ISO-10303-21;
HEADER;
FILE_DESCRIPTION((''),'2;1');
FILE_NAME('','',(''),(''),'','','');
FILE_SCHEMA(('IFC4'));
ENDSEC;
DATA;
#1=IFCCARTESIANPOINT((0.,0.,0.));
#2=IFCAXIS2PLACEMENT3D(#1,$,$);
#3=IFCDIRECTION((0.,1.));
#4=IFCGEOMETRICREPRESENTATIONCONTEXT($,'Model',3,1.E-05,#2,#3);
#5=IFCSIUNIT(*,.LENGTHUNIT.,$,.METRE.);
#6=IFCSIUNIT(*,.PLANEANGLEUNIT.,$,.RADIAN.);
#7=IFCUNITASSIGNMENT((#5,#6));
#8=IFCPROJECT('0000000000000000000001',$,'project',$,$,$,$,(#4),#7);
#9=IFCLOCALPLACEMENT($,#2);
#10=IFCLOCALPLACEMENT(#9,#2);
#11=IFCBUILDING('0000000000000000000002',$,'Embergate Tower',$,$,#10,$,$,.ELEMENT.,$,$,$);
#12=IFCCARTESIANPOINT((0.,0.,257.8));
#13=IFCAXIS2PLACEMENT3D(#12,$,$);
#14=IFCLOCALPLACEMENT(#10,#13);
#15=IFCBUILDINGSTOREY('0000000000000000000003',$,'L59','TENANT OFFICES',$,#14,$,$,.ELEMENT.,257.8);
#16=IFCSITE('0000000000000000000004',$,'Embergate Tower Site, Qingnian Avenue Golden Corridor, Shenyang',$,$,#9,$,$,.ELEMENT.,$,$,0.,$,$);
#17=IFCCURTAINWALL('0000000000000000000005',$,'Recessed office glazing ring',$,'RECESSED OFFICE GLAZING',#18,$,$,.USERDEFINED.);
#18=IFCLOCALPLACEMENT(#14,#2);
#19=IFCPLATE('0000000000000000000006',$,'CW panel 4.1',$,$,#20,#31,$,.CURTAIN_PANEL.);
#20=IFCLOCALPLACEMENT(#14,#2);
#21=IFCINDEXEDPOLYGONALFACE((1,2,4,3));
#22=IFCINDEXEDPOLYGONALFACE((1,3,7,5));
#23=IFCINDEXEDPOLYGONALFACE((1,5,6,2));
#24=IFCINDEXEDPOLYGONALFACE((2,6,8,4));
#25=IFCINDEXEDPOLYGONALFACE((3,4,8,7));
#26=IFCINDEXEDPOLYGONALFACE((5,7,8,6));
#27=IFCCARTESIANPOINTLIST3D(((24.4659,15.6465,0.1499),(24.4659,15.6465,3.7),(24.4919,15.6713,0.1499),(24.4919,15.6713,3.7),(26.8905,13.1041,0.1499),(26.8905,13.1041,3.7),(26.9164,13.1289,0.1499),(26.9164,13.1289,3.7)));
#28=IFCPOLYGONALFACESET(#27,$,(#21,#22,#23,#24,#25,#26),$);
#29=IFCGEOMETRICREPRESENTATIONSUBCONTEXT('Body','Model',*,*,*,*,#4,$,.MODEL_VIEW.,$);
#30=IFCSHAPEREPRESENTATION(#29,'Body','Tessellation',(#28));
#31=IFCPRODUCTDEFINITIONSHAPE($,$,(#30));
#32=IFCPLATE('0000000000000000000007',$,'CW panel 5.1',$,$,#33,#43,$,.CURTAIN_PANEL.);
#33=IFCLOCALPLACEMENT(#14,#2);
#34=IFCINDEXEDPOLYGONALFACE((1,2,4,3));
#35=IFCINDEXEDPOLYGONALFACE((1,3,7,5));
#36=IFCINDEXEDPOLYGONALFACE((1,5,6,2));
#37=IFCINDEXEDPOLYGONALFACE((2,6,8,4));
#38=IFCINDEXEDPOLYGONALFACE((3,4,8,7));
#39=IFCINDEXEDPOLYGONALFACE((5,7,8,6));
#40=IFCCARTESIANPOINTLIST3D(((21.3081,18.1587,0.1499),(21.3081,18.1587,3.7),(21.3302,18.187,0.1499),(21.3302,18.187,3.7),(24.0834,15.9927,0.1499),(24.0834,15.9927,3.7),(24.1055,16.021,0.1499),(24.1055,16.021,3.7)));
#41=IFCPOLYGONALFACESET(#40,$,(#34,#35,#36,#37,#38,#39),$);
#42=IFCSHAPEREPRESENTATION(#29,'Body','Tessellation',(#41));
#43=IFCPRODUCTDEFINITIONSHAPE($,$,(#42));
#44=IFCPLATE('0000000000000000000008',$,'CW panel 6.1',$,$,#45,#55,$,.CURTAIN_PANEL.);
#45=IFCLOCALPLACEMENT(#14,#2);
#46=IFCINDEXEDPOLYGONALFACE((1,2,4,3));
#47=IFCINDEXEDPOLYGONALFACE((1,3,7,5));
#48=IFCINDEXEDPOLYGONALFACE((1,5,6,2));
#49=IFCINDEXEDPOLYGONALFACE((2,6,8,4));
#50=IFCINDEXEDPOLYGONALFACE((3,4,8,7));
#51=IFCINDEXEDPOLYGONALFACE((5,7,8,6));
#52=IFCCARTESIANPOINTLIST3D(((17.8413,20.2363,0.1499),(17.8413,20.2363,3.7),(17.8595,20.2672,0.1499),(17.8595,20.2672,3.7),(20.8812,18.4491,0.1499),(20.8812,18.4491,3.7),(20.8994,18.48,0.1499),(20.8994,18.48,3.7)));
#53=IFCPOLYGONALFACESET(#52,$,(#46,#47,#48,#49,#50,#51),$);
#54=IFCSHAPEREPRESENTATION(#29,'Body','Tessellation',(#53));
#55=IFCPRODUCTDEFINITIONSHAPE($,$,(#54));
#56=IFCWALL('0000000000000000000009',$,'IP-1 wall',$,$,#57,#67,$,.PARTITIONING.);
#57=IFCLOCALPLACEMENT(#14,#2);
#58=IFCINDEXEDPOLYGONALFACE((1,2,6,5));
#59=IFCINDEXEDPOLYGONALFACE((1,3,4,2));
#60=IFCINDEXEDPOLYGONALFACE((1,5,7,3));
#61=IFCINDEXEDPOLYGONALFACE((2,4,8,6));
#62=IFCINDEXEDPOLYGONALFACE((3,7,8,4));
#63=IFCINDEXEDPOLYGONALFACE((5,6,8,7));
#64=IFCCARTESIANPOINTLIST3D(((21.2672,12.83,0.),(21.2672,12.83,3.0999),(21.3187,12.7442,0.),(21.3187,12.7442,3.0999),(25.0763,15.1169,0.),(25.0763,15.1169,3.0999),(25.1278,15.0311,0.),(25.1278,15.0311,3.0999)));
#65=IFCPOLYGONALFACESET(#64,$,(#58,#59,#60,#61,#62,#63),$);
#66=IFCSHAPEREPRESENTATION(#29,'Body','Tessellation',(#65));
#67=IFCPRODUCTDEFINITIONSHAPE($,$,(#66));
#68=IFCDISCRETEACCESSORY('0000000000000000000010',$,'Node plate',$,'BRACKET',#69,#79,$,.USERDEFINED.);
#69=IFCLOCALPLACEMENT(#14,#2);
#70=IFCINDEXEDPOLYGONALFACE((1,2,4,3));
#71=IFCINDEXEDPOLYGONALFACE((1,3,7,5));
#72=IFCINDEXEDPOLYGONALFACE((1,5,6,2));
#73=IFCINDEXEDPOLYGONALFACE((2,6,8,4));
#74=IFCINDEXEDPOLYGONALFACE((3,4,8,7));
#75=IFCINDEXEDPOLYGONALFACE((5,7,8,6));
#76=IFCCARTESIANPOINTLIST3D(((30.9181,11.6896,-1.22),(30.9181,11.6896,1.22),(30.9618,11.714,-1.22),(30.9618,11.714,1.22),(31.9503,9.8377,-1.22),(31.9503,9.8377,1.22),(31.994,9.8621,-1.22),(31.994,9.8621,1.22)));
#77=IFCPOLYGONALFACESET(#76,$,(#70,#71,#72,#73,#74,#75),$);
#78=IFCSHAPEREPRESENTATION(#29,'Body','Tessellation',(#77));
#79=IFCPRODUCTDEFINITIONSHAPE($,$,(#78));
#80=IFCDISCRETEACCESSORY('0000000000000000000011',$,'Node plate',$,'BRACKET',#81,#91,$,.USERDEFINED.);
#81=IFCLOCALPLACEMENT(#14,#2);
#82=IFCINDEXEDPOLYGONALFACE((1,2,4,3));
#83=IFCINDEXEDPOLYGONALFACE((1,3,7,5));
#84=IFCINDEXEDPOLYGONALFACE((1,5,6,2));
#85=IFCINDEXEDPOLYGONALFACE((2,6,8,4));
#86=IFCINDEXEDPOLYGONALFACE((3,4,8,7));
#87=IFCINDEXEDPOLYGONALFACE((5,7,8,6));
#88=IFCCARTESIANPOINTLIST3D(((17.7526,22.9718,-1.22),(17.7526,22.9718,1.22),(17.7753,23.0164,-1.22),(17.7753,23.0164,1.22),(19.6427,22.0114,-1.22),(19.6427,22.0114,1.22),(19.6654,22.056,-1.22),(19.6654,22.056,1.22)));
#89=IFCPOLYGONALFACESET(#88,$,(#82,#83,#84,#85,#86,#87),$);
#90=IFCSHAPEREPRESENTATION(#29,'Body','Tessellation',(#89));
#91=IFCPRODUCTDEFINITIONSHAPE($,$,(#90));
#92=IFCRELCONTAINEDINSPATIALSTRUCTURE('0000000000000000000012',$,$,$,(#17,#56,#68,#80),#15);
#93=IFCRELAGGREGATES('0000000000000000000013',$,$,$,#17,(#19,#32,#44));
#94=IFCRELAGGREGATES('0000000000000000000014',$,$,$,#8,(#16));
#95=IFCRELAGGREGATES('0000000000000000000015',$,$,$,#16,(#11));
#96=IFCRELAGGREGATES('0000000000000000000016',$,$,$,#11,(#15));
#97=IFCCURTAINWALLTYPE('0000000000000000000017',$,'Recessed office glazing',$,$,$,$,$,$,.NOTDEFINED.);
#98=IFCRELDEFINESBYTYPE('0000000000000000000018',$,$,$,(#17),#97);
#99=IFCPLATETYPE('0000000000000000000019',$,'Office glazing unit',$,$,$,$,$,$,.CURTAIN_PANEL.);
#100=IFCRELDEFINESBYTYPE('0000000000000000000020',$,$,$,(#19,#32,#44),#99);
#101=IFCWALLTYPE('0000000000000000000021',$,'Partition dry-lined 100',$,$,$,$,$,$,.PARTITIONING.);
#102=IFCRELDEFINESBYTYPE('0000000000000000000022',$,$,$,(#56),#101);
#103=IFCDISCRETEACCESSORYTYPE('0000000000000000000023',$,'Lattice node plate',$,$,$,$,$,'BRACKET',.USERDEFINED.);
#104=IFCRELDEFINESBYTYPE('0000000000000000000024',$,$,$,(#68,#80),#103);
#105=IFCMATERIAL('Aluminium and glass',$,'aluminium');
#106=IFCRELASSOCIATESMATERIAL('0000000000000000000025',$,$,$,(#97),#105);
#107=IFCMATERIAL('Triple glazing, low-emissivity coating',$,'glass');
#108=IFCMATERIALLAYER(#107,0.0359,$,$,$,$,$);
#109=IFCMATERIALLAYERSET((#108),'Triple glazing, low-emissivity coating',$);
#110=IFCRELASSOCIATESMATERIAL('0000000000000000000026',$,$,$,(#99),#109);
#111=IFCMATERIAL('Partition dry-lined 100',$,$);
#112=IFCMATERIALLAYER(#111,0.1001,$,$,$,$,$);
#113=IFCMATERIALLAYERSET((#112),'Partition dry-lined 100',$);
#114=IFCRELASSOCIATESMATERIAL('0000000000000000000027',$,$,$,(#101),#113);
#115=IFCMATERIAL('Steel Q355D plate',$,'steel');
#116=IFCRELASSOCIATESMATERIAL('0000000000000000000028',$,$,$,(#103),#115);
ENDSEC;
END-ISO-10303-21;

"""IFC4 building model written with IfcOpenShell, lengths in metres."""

from ifc_helpers import new_model, si_unit, direction, frame, frame_2d, origin, origin_2d, place, context, subcontext, project, spatial, rectangle, extrude, source, transform, mapped, material, layer, layer_set, type_object, element, aggregate, save


model = new_model("IFC4")

# Units and contexts
model_context = context("Model", 3, precision=1e-05, world=origin(), true_north=direction((0.0, 1.0)))
body_context = subcontext(model_context, "Body", "Model", "MODEL_VIEW")
ifc_project = project(units=[si_unit("LENGTHUNIT", "METRE"), si_unit("PLANEANGLEUNIT", "RADIAN")], contexts=[model_context])

# Site, building, storey
site_placement = place(None, origin())
site = spatial("IfcSite", under=ifc_project, at=site_placement, Name="Embergate Tower Site, Qingnian Avenue Golden Corridor, Shenyang", CompositionType="ELEMENT", RefElevation=0.0)
building_placement = place(site_placement, origin())
building = spatial("IfcBuilding", under=site, at=building_placement, Name="Embergate Tower", CompositionType="ELEMENT")
storey_placement = place(building_placement, frame((0.0, 0.0, 257.8)))
storey = spatial("IfcBuildingStorey", under=building, at=storey_placement, Name="L59", Description="TENANT OFFICES", CompositionType="ELEMENT", Elevation=257.8)

# Curtain wall, plates
ifc_material_1 = material(Name="Aluminium and glass", Category="aluminium")
curtain_wall_type = type_object("IfcCurtainWallType", Name="Recessed office glazing", PredefinedType="NOTDEFINED", material=ifc_material_1)
curtain_wall_placement = place(storey_placement, origin())
curtain_wall = element("IfcCurtainWall", 1, at=curtain_wall_placement, inside=storey, type_object=curtain_wall_type, Name="Recessed office glazing ring", ObjectType="RECESSED OFFICE GLAZING", PredefinedType="USERDEFINED")
ifc_material_2 = material(Name="Triple glazing, low-emissivity coating", Category="glass")
ifc_layer_1 = layer(ifc_material_2, 0.0359)
ifc_layer_set_1 = layer_set([ifc_layer_1], Name="Triple glazing, low-emissivity coating")
plate_type = type_object("IfcPlateType", Name="Office glazing unit", PredefinedType="CURTAIN_PANEL", material=ifc_layer_set_1)
shared_shape_1 = source(origin(), body_context, "Body", "SweptSolid", [
    extrude(rectangle(XDim=3.5132, YDim=0.0359, at=origin_2d()), origin(), (0.0, 0.0, 1.0), 3.55),
])
plate_1_placement = place(storey_placement, frame((25.6912, 14.3877, 0.1499), z_axis=(0.0, 0.0, 1.0), x_axis=(-0.690138, 0.723678, 0.0)))
plate_1 = element("IfcPlate", 2, at=plate_1_placement, type_object=plate_type, Name="CW panel 4.1", PredefinedType="CURTAIN_PANEL", context=body_context, shape_type="MappedRepresentation", body=[
    mapped(shared_shape_1, transform((0.0, 0.0, 0.0))),
])
shared_shape_2 = source(origin(), body_context, "Body", "SweptSolid", [
    extrude(rectangle(XDim=3.5205, YDim=0.0359, at=origin_2d()), origin(), (0.0, 0.0, 1.0), 3.55),
])
plate_2_placement = place(storey_placement, frame((22.7068, 17.0898, 0.1499), z_axis=(0.0, 0.0, 1.0), x_axis=(-0.788322, 0.615263, 0.0)))
plate_2 = element("IfcPlate", 3, at=plate_2_placement, type_object=plate_type, Name="CW panel 5.1", PredefinedType="CURTAIN_PANEL", context=body_context, shape_type="MappedRepresentation", body=[
    mapped(shared_shape_2, transform((0.0, 0.0, 0.0))),
])
shared_shape_3 = source(origin(), body_context, "Body", "SweptSolid", [
    extrude(rectangle(XDim=3.5264, YDim=0.0359, at=origin_2d()), origin(), (0.0, 0.0, 1.0), 3.55),
])
plate_3_placement = place(storey_placement, frame((19.3704, 19.3582, 0.1499), z_axis=(0.0, 0.0, 1.0), x_axis=(-0.862055, 0.506815, 0.0)))
plate_3 = element("IfcPlate", 4, at=plate_3_placement, type_object=plate_type, Name="CW panel 6.1", PredefinedType="CURTAIN_PANEL", context=body_context, shape_type="MappedRepresentation", body=[
    mapped(shared_shape_3, transform((0.0, 0.0, 0.0))),
])
aggregate(curtain_wall, [plate_1, plate_2, plate_3])

# Wall
ifc_material_3 = material(Name="Partition dry-lined 100")
ifc_layer_2 = layer(ifc_material_3, 0.1001)
ifc_layer_set_2 = layer_set([ifc_layer_2], Name="Partition dry-lined 100")
wall_type = type_object("IfcWallType", Name="Partition dry-lined 100", PredefinedType="PARTITIONING", material=ifc_layer_set_2)
shared_shape_4 = source(origin(), body_context, "Body", "SweptSolid", [
    extrude(rectangle(XDim=4.4429, YDim=0.1001, at=frame_2d((2.2214, 0.0))), origin(), (0.0, 0.0, 1.0), 3.0999),
])
wall_placement = place(storey_placement, frame((21.293, 12.7871, 0.0), z_axis=(0.0, 0.0, 1.0), x_axis=(0.857352, 0.51473, 0.0)))
element("IfcWall", 5, at=wall_placement, inside=storey, type_object=wall_type, Name="IP-1 wall", PredefinedType="PARTITIONING", context=body_context, shape_type="MappedRepresentation", body=[
    mapped(shared_shape_4, transform((0.0, 0.0, 0.0))),
])

# Discrete accessories
ifc_material_4 = material(Name="Steel Q355D plate", Category="steel")
discrete_accessory_type = type_object("IfcDiscreteAccessoryType", Name="Lattice node plate", ElementType="BRACKET", PredefinedType="USERDEFINED", material=ifc_material_4)
shared_shape_5 = source(origin(), body_context, "Body", "SweptSolid", [
    extrude(rectangle(XDim=2.1201, YDim=0.05, at=origin_2d()), origin(), (0.0, 0.0, 1.0), 2.4399),
])
for number, where, z_axis, x_axis, name in (
    (6, (31.4561, 10.7759, -1.22), (0.0, 0.0, 1.0), (-0.486839, 0.873492, 0.0), "Node plate"),
    (7, (18.709, 22.5139, -1.22), (0.0, 0.0, 1.0), (-0.891513, 0.452995, 0.0), "Node plate"),
):
    element("IfcDiscreteAccessory", number, at=place(storey_placement, frame(where, z_axis=z_axis, x_axis=x_axis)), inside=storey, type_object=discrete_accessory_type, Name=name, ObjectType="BRACKET", PredefinedType="USERDEFINED", context=body_context, shape_type="MappedRepresentation", body=[
        mapped(shared_shape_5, transform((0.0, 0.0, 0.0))),
    ])

save(model, "model.ifc")
